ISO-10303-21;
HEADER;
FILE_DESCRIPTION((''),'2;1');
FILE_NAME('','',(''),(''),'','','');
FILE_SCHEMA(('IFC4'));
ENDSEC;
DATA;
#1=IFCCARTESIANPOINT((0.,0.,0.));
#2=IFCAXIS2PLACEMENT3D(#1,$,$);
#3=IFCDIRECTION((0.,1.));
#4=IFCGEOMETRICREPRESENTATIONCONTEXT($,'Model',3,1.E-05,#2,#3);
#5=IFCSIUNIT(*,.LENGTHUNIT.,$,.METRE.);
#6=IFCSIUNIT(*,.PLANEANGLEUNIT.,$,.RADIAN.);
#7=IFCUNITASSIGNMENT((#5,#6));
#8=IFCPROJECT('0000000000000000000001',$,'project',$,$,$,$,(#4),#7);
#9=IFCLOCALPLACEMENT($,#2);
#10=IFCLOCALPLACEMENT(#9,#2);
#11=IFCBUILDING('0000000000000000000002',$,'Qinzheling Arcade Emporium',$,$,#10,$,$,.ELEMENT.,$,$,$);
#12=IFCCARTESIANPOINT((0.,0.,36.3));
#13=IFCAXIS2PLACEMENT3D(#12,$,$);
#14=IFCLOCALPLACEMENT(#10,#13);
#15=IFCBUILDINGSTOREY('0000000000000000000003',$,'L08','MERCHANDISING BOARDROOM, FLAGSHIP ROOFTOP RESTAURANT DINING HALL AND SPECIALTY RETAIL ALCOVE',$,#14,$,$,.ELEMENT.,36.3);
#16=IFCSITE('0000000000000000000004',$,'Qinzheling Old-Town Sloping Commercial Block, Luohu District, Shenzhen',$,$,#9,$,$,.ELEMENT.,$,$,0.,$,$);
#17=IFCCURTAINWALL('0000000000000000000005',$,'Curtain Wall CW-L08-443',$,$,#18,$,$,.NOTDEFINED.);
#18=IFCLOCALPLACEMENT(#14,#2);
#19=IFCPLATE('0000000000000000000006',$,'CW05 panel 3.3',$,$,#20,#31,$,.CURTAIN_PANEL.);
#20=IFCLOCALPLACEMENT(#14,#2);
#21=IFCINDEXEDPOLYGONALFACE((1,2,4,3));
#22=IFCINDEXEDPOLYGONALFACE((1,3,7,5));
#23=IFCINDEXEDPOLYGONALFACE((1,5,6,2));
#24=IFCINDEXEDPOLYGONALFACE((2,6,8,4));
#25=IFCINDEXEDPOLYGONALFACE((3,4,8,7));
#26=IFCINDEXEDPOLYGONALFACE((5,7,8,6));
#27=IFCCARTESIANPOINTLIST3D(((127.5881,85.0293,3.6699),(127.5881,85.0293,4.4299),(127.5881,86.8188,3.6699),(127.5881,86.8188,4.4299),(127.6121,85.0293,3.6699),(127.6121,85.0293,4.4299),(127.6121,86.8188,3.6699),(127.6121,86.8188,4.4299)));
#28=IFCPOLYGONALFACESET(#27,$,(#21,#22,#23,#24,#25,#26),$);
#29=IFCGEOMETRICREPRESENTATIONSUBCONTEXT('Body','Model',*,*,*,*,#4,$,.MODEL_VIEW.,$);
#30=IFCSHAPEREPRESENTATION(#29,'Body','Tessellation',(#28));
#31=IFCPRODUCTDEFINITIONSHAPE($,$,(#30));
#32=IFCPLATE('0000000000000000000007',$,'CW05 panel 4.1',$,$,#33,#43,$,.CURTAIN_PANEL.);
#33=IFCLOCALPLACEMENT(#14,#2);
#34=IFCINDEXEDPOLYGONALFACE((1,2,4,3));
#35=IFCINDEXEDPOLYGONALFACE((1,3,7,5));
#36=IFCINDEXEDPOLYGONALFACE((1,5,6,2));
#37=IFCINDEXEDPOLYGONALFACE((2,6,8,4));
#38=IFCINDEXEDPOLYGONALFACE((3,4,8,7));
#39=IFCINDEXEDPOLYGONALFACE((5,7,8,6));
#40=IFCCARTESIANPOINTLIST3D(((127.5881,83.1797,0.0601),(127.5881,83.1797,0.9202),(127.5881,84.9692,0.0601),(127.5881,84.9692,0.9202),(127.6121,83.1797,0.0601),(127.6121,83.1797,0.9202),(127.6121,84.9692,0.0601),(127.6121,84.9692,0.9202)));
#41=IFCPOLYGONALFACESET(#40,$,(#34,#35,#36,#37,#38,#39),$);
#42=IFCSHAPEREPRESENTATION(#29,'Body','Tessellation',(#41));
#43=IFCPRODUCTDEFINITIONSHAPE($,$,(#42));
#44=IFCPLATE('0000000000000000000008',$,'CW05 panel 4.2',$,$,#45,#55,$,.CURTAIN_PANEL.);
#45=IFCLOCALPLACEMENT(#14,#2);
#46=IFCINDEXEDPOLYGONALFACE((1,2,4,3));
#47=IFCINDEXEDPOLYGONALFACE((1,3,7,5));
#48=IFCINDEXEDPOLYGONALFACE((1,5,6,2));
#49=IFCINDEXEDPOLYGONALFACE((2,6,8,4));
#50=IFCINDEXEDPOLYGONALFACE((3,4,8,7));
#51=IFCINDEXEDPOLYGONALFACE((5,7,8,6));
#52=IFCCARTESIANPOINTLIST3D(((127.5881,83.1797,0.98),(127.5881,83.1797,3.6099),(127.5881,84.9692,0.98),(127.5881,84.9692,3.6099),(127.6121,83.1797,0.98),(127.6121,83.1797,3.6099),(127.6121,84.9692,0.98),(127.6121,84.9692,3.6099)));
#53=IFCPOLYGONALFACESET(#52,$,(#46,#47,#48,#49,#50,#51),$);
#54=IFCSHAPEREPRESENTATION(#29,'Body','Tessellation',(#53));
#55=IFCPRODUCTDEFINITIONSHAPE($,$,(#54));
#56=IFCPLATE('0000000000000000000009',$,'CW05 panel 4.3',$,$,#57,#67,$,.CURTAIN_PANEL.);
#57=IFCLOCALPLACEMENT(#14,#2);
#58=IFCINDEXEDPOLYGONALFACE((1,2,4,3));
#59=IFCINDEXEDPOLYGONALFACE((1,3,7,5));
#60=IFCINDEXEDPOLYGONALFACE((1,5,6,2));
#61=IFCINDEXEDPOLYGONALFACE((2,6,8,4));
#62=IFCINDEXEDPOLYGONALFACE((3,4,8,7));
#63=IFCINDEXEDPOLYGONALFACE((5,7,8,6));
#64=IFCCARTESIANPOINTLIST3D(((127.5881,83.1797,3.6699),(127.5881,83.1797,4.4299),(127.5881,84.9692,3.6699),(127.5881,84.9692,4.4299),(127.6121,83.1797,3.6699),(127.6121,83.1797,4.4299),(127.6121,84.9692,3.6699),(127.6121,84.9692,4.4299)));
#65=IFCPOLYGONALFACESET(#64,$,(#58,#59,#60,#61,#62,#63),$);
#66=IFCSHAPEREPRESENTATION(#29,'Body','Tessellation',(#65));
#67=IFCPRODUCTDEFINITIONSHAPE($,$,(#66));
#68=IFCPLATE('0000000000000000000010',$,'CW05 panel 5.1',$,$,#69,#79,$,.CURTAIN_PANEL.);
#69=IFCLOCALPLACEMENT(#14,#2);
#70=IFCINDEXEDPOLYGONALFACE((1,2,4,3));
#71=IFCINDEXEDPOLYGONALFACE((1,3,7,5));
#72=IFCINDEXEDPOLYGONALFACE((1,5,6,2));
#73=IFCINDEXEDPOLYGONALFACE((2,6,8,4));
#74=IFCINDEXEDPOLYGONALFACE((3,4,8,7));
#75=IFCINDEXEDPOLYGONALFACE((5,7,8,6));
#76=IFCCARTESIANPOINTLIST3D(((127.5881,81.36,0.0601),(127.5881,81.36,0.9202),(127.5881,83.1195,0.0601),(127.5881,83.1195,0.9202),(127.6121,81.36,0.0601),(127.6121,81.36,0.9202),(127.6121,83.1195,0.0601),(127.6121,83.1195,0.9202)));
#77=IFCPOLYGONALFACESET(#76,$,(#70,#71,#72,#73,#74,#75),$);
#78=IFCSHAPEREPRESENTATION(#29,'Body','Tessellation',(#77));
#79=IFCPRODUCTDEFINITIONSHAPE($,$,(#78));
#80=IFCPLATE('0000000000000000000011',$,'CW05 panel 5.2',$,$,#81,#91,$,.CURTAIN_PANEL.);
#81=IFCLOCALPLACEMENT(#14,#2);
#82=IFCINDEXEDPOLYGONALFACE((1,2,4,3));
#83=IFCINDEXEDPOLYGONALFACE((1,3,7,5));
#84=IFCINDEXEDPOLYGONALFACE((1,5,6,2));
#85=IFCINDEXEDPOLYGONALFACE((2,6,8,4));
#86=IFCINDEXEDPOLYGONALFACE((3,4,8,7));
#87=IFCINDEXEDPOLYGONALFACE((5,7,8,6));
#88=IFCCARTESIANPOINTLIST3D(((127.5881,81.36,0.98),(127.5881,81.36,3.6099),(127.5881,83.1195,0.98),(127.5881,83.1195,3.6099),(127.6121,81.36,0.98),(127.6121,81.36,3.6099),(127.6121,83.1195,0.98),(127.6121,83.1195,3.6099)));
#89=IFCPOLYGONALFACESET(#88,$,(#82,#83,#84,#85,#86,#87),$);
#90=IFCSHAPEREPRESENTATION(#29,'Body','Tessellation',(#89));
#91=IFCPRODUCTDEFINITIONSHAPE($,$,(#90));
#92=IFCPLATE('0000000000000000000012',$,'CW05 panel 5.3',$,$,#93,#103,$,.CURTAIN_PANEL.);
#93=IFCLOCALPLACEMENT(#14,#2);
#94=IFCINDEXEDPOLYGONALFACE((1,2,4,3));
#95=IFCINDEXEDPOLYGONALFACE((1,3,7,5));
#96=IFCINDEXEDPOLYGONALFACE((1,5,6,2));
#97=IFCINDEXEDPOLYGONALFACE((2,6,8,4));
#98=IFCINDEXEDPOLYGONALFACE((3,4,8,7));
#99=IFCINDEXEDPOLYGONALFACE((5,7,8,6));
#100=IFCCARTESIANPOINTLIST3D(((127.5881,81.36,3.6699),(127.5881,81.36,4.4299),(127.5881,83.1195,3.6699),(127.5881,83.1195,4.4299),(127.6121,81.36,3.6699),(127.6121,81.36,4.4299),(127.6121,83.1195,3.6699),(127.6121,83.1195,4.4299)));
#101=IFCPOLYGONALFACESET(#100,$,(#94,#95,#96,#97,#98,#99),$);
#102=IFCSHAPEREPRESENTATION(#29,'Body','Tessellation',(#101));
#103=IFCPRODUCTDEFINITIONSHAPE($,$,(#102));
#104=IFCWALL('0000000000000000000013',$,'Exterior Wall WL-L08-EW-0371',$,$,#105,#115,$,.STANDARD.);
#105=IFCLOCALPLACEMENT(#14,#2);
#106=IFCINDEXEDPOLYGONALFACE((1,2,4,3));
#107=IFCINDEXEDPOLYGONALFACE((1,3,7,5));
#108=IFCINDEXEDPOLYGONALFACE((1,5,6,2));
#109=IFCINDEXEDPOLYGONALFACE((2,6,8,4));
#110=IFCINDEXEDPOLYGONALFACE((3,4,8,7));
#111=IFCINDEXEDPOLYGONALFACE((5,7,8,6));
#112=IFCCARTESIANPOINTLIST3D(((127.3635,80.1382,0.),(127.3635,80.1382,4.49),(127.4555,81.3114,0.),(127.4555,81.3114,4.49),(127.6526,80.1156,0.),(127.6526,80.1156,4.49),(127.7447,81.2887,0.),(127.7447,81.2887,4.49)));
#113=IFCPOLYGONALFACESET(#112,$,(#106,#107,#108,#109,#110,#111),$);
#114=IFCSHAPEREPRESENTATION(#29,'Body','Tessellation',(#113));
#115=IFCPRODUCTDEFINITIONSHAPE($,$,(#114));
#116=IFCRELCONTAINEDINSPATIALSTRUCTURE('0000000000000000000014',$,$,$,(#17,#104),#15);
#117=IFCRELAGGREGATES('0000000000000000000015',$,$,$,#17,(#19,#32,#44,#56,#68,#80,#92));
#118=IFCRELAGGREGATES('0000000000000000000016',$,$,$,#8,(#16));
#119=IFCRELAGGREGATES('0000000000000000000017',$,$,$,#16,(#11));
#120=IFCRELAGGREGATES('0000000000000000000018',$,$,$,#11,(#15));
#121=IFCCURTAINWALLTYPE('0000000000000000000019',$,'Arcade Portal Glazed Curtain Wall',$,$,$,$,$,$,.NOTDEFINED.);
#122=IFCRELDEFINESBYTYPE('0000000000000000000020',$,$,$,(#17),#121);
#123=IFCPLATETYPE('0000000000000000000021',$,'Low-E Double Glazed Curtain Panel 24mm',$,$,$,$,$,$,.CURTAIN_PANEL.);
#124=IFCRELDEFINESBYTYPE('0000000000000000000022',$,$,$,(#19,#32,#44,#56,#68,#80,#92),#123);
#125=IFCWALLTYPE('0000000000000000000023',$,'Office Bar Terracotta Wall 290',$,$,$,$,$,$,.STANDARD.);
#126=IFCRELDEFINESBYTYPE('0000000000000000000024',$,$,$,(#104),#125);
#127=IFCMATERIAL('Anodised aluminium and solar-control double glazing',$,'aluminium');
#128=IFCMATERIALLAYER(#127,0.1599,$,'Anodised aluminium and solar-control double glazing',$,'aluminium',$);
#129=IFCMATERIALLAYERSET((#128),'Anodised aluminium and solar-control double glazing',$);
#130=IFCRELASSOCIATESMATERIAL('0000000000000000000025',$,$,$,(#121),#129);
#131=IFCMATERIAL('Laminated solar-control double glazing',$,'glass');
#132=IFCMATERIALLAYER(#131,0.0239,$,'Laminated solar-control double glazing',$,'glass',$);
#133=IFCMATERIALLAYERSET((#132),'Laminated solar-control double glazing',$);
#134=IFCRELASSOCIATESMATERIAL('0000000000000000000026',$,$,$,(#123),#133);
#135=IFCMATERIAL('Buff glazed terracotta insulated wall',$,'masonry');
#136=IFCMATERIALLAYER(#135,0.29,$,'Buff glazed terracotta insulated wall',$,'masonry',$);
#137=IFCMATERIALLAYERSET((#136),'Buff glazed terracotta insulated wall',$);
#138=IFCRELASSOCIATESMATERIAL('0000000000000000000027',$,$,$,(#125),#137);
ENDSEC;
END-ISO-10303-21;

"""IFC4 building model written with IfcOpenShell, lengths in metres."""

from ifc_helpers import new_model, si_unit, direction, frame, frame_2d, origin, origin_2d, place, context, subcontext, project, spatial, rectangle, extrude, material, layer, layer_set, type_object, element, aggregate, save


model = new_model("IFC4")

# Units and contexts
model_context = context("Model", 3, precision=1e-05, world=origin(), true_north=direction((0.0, 1.0)))
body_context = subcontext(model_context, "Body", "Model", "MODEL_VIEW")
ifc_project = project(units=[si_unit("LENGTHUNIT", "METRE"), si_unit("PLANEANGLEUNIT", "RADIAN")], contexts=[model_context])

# Site, building, storey
site_placement = place(None, origin())
site = spatial("IfcSite", under=ifc_project, at=site_placement, Name="Qinzheling Old-Town Sloping Commercial Block, Luohu District, Shenzhen", CompositionType="ELEMENT", RefElevation=0.0)
building_placement = place(site_placement, origin())
building = spatial("IfcBuilding", under=site, at=building_placement, Name="Qinzheling Arcade Emporium", CompositionType="ELEMENT")
storey_placement = place(building_placement, frame((0.0, 0.0, 36.3)))
storey = spatial("IfcBuildingStorey", under=building, at=storey_placement, Name="L08", Description="MERCHANDISING BOARDROOM, FLAGSHIP ROOFTOP RESTAURANT DINING HALL AND SPECIALTY RETAIL ALCOVE", CompositionType="ELEMENT", Elevation=36.3)

# Curtain wall
ifc_material_1 = material(Name="Anodised aluminium and solar-control double glazing", Category="aluminium")
ifc_layer_1 = layer(ifc_material_1, 0.1599, Name="Anodised aluminium and solar-control double glazing", Category="aluminium")
ifc_layer_set_1 = layer_set([ifc_layer_1], Name="Anodised aluminium and solar-control double glazing")
curtain_wall_type = type_object("IfcCurtainWallType", Name="Arcade Portal Glazed Curtain Wall", PredefinedType="NOTDEFINED", material=ifc_layer_set_1)
curtain_wall_placement = place(storey_placement, origin())
curtain_wall = element("IfcCurtainWall", 1, at=curtain_wall_placement, inside=storey, type_object=curtain_wall_type, Name="Curtain Wall CW-L08-443", PredefinedType="NOTDEFINED")

# Plates
ifc_material_2 = material(Name="Laminated solar-control double glazing", Category="glass")
ifc_layer_2 = layer(ifc_material_2, 0.0239, Name="Laminated solar-control double glazing", Category="glass")
ifc_layer_set_2 = layer_set([ifc_layer_2], Name="Laminated solar-control double glazing")
plate_type = type_object("IfcPlateType", Name="Low-E Double Glazed Curtain Panel 24mm", PredefinedType="CURTAIN_PANEL", material=ifc_layer_set_2)
plate_1_placement = place(storey_placement, frame((127.6001, 85.9241, 3.6699), z_axis=(0.0, 0.0, 1.0), x_axis=(0.0, -1.0, 0.0)))
plate_1 = element("IfcPlate", 2, at=plate_1_placement, type_object=plate_type, Name="CW05 panel 3.3", PredefinedType="CURTAIN_PANEL", context=body_context, shape_type="SweptSolid", body=[
    extrude(rectangle(XDim=1.7896, YDim=0.0239, at=origin_2d()), origin(), (0.0, 0.0, 1.0), 0.76),
])
plate_2_placement = place(storey_placement, frame((127.6001, 84.0745, 0.0601), z_axis=(0.0, 0.0, 1.0), x_axis=(0.0, -1.0, 0.0)))
plate_2 = element("IfcPlate", 3, at=plate_2_placement, type_object=plate_type, Name="CW05 panel 4.1", PredefinedType="CURTAIN_PANEL", context=body_context, shape_type="SweptSolid", body=[
    extrude(rectangle(XDim=1.7896, YDim=0.0239, at=origin_2d()), origin(), (0.0, 0.0, 1.0), 0.8601),
])
plate_3_placement = place(storey_placement, frame((127.6001, 84.0745, 0.98), z_axis=(0.0, 0.0, 1.0), x_axis=(0.0, -1.0, 0.0)))
plate_3 = element("IfcPlate", 4, at=plate_3_placement, type_object=plate_type, Name="CW05 panel 4.2", PredefinedType="CURTAIN_PANEL", context=body_context, shape_type="SweptSolid", body=[
    extrude(rectangle(XDim=1.7896, YDim=0.0239, at=origin_2d()), origin(), (0.0, 0.0, 1.0), 2.6299),
])
plate_4_placement = place(storey_placement, frame((127.6001, 84.0745, 3.6699), z_axis=(0.0, 0.0, 1.0), x_axis=(0.0, -1.0, 0.0)))
plate_4 = element("IfcPlate", 5, at=plate_4_placement, type_object=plate_type, Name="CW05 panel 4.3", PredefinedType="CURTAIN_PANEL", context=body_context, shape_type="SweptSolid", body=[
    extrude(rectangle(XDim=1.7896, YDim=0.0239, at=origin_2d()), origin(), (0.0, 0.0, 1.0), 0.76),
])
plate_5_placement = place(storey_placement, frame((127.6001, 82.2397, 0.0601), z_axis=(0.0, 0.0, 1.0), x_axis=(0.0, -1.0, 0.0)))
plate_5 = element("IfcPlate", 6, at=plate_5_placement, type_object=plate_type, Name="CW05 panel 5.1", PredefinedType="CURTAIN_PANEL", context=body_context, shape_type="SweptSolid", body=[
    extrude(rectangle(XDim=1.7595, YDim=0.0239, at=origin_2d()), origin(), (0.0, 0.0, 1.0), 0.8601),
])
plate_6_placement = place(storey_placement, frame((127.6001, 82.2397, 0.98), z_axis=(0.0, 0.0, 1.0), x_axis=(0.0, -1.0, 0.0)))
plate_6 = element("IfcPlate", 7, at=plate_6_placement, type_object=plate_type, Name="CW05 panel 5.2", PredefinedType="CURTAIN_PANEL", context=body_context, shape_type="SweptSolid", body=[
    extrude(rectangle(XDim=1.7595, YDim=0.0239, at=origin_2d()), origin(), (0.0, 0.0, 1.0), 2.6299),
])
plate_7_placement = place(storey_placement, frame((127.6001, 82.2397, 3.6699), z_axis=(0.0, 0.0, 1.0), x_axis=(0.0, -1.0, 0.0)))
plate_7 = element("IfcPlate", 8, at=plate_7_placement, type_object=plate_type, Name="CW05 panel 5.3", PredefinedType="CURTAIN_PANEL", context=body_context, shape_type="SweptSolid", body=[
    extrude(rectangle(XDim=1.7595, YDim=0.0239, at=origin_2d()), origin(), (0.0, 0.0, 1.0), 0.76),
])
aggregate(curtain_wall, [plate_1, plate_2, plate_3, plate_4, plate_5, plate_6, plate_7])

# Wall
ifc_material_3 = material(Name="Buff glazed terracotta insulated wall", Category="masonry")
ifc_layer_3 = layer(ifc_material_3, 0.29, Name="Buff glazed terracotta insulated wall", Category="masonry")
ifc_layer_set_3 = layer_set([ifc_layer_3], Name="Buff glazed terracotta insulated wall")
wall_type = type_object("IfcWallType", Name="Office Bar Terracotta Wall 290", PredefinedType="STANDARD", material=ifc_layer_set_3)
wall_placement = place(storey_placement, frame((127.6001, 81.3, 0.0), z_axis=(0.0, 0.0, 1.0), x_axis=(-0.07822, -0.996936, 0.0)))
element("IfcWall", 9, at=wall_placement, inside=storey, type_object=wall_type, Name="Exterior Wall WL-L08-EW-0371", PredefinedType="STANDARD", context=body_context, shape_type="SweptSolid", body=[
    extrude(rectangle(XDim=1.1768, YDim=0.29, at=frame_2d((0.5884, 0.0))), origin(), (0.0, 0.0, 1.0), 4.49),
])

save(model, "model.ifc")
